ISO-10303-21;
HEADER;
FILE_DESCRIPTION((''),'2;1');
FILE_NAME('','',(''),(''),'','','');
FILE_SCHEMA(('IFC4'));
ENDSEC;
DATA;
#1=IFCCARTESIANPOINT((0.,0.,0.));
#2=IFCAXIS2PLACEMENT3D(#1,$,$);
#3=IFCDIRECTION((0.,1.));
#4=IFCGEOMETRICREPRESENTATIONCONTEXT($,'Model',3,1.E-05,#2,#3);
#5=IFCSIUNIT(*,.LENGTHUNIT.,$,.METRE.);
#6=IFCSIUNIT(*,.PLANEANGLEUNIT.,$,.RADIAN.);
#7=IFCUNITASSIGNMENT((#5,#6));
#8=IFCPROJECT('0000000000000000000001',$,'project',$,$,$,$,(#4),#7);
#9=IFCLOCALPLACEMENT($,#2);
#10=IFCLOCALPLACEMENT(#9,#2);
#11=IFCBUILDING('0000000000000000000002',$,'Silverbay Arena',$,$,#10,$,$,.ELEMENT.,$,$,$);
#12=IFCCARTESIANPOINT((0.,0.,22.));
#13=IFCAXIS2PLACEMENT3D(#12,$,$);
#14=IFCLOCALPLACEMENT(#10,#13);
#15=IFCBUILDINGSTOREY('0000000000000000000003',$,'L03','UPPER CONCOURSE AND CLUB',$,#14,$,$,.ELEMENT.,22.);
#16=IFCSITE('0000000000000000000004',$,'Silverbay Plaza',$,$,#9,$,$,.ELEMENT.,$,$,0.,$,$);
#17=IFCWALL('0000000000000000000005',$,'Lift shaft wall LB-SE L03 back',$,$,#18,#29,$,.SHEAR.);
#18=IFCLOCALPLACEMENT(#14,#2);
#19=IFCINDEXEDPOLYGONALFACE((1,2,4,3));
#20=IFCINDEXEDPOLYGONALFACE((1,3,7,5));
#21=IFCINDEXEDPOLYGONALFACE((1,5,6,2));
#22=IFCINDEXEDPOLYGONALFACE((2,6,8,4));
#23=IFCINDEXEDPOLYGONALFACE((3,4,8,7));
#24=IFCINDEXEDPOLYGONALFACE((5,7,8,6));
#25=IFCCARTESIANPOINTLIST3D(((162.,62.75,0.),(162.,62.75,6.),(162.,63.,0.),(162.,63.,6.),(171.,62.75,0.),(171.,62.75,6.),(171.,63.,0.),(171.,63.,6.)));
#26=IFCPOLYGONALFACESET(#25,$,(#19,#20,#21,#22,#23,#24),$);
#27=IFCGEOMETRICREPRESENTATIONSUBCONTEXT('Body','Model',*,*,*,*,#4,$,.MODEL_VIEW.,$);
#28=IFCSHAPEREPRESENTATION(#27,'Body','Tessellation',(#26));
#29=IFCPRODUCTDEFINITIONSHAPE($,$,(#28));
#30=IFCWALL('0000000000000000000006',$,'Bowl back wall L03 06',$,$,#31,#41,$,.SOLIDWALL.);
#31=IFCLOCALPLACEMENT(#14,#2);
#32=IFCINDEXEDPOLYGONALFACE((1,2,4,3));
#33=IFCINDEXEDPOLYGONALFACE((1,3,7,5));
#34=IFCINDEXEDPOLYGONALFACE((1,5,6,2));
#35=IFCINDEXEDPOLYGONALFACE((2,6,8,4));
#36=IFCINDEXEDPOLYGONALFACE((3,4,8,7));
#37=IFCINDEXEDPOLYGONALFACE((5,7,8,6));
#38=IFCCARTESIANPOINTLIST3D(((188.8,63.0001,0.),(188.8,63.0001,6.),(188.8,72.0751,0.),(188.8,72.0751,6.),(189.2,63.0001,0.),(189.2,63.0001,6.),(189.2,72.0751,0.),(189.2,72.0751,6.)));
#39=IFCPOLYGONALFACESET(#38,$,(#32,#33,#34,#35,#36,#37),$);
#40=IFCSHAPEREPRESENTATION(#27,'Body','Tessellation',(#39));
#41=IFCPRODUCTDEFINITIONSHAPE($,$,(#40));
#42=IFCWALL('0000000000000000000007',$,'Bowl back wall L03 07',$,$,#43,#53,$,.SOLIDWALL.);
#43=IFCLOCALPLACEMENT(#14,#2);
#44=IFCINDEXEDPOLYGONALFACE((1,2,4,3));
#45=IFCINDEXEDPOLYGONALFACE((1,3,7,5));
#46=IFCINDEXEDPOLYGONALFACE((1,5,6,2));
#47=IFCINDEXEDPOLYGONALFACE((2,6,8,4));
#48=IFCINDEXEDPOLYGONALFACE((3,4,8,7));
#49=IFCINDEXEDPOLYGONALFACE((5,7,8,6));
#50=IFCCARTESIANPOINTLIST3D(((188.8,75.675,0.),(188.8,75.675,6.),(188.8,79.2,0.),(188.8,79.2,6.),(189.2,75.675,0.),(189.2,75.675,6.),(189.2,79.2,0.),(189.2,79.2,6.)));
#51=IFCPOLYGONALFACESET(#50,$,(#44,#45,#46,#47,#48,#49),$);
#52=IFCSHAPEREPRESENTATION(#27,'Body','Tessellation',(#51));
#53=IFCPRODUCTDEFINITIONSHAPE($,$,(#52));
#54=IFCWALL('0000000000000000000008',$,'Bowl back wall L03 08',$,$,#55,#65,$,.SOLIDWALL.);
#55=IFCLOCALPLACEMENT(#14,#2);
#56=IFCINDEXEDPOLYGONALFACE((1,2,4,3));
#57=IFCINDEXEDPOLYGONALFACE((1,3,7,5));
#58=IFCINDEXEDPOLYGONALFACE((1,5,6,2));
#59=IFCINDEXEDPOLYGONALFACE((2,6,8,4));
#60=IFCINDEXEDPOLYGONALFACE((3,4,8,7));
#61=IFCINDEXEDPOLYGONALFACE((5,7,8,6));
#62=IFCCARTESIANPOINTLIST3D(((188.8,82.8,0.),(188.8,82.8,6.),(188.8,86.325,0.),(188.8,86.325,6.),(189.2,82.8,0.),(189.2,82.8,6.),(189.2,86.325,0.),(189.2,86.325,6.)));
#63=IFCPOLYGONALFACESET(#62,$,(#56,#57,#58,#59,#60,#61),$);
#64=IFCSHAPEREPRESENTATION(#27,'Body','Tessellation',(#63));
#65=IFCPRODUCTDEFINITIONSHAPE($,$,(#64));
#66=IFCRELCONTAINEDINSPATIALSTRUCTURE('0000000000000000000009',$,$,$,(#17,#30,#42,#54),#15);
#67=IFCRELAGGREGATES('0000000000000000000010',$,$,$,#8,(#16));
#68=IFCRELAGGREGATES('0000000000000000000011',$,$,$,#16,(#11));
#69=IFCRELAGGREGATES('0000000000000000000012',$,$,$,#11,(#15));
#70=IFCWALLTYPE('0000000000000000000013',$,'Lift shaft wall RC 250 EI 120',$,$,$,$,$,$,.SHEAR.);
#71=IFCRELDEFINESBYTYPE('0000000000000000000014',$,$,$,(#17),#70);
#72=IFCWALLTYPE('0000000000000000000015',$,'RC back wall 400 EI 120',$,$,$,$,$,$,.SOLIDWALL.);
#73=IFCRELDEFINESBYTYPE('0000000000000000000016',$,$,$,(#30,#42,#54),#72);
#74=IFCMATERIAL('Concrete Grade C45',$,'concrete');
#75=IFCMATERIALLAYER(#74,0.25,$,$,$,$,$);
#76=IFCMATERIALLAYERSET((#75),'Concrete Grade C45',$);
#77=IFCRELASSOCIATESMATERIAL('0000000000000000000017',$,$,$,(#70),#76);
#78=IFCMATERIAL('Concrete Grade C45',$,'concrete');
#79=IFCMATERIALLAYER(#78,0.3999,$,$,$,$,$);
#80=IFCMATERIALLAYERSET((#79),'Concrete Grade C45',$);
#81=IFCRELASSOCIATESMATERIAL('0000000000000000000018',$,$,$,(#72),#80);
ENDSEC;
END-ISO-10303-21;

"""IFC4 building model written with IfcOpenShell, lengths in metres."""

from ifc_helpers import new_model, si_unit, direction, frame, frame_2d, origin, place, context, subcontext, project, spatial, rectangle, extrude, material, layer, layer_set, type_object, element, save


model = new_model("IFC4")

# Units and contexts
model_context = context("Model", 3, precision=1e-05, world=origin(), true_north=direction((0.0, 1.0)))
body_context = subcontext(model_context, "Body", "Model", "MODEL_VIEW")
ifc_project = project(units=[si_unit("LENGTHUNIT", "METRE"), si_unit("PLANEANGLEUNIT", "RADIAN")], contexts=[model_context])

# Site, building, storey
site_placement = place(None, origin())
site = spatial("IfcSite", under=ifc_project, at=site_placement, Name="Silverbay Plaza", CompositionType="ELEMENT", RefElevation=0.0)
building_placement = place(site_placement, origin())
building = spatial("IfcBuilding", under=site, at=building_placement, Name="Silverbay Arena", CompositionType="ELEMENT")
storey_placement = place(building_placement, frame((0.0, 0.0, 22.0)))
storey = spatial("IfcBuildingStorey", under=building, at=storey_placement, Name="L03", Description="UPPER CONCOURSE AND CLUB", CompositionType="ELEMENT", Elevation=22.0)

# Walls
ifc_material_1 = material(Name="Concrete Grade C45", Category="concrete")
ifc_layer_1 = layer(ifc_material_1, 0.25)
ifc_layer_set_1 = layer_set([ifc_layer_1], Name="Concrete Grade C45")
wall_type_1 = type_object("IfcWallType", Name="Lift shaft wall RC 250 EI 120", PredefinedType="SHEAR", material=ifc_layer_set_1)
wall_1_placement = place(storey_placement, frame((162.0, 62.875, 0.0), z_axis=(0.0, 0.0, 1.0), x_axis=(1.0, 0.0, 0.0)))
element("IfcWall", 1, at=wall_1_placement, inside=storey, type_object=wall_type_1, Name="Lift shaft wall LB-SE L03 back", PredefinedType="SHEAR", context=body_context, shape_type="SweptSolid", body=[
    extrude(rectangle(XDim=9.0, YDim=0.25, at=frame_2d((4.5, 0.0))), origin(), (0.0, 0.0, 1.0), 6.0),
])
ifc_material_2 = material(Name="Concrete Grade C45", Category="concrete")
ifc_layer_2 = layer(ifc_material_2, 0.3999)
ifc_layer_set_2 = layer_set([ifc_layer_2], Name="Concrete Grade C45")
wall_type_2 = type_object("IfcWallType", Name="RC back wall 400 EI 120", PredefinedType="SOLIDWALL", material=ifc_layer_set_2)
wall_2_placement = place(storey_placement, frame((189.0, 63.0, 0.0), z_axis=(0.0, 0.0, 1.0), x_axis=(0.0, 1.0, 0.0)))
element("IfcWall", 2, at=wall_2_placement, inside=storey, type_object=wall_type_2, Name="Bowl back wall L03 06", PredefinedType="SOLIDWALL", context=body_context, shape_type="SweptSolid", body=[
    extrude(rectangle(XDim=9.075, YDim=0.3999, at=frame_2d((4.5376, 0.0))), origin(), (0.0, 0.0, 1.0), 6.0),
])
for number, where, z_axis, x_axis, name in (
    (3, (189.0, 75.675, 0.0), (0.0, 0.0, 1.0), (0.0, 1.0, 0.0), "Bowl back wall L03 07"),
    (4, (189.0, 82.8, 0.0), (0.0, 0.0, 1.0), (0.0, 1.0, 0.0), "Bowl back wall L03 08"),
):
    element("IfcWall", number, at=place(storey_placement, frame(where, z_axis=z_axis, x_axis=x_axis)), inside=storey, type_object=wall_type_2, Name=name, PredefinedType="SOLIDWALL", context=body_context, shape_type="SweptSolid", body=[
        extrude(rectangle(XDim=3.5249, YDim=0.3999, at=frame_2d((1.7625, 0.0))), origin(), (0.0, 0.0, 1.0), 6.0),
    ])

save(model, "model.ifc")
